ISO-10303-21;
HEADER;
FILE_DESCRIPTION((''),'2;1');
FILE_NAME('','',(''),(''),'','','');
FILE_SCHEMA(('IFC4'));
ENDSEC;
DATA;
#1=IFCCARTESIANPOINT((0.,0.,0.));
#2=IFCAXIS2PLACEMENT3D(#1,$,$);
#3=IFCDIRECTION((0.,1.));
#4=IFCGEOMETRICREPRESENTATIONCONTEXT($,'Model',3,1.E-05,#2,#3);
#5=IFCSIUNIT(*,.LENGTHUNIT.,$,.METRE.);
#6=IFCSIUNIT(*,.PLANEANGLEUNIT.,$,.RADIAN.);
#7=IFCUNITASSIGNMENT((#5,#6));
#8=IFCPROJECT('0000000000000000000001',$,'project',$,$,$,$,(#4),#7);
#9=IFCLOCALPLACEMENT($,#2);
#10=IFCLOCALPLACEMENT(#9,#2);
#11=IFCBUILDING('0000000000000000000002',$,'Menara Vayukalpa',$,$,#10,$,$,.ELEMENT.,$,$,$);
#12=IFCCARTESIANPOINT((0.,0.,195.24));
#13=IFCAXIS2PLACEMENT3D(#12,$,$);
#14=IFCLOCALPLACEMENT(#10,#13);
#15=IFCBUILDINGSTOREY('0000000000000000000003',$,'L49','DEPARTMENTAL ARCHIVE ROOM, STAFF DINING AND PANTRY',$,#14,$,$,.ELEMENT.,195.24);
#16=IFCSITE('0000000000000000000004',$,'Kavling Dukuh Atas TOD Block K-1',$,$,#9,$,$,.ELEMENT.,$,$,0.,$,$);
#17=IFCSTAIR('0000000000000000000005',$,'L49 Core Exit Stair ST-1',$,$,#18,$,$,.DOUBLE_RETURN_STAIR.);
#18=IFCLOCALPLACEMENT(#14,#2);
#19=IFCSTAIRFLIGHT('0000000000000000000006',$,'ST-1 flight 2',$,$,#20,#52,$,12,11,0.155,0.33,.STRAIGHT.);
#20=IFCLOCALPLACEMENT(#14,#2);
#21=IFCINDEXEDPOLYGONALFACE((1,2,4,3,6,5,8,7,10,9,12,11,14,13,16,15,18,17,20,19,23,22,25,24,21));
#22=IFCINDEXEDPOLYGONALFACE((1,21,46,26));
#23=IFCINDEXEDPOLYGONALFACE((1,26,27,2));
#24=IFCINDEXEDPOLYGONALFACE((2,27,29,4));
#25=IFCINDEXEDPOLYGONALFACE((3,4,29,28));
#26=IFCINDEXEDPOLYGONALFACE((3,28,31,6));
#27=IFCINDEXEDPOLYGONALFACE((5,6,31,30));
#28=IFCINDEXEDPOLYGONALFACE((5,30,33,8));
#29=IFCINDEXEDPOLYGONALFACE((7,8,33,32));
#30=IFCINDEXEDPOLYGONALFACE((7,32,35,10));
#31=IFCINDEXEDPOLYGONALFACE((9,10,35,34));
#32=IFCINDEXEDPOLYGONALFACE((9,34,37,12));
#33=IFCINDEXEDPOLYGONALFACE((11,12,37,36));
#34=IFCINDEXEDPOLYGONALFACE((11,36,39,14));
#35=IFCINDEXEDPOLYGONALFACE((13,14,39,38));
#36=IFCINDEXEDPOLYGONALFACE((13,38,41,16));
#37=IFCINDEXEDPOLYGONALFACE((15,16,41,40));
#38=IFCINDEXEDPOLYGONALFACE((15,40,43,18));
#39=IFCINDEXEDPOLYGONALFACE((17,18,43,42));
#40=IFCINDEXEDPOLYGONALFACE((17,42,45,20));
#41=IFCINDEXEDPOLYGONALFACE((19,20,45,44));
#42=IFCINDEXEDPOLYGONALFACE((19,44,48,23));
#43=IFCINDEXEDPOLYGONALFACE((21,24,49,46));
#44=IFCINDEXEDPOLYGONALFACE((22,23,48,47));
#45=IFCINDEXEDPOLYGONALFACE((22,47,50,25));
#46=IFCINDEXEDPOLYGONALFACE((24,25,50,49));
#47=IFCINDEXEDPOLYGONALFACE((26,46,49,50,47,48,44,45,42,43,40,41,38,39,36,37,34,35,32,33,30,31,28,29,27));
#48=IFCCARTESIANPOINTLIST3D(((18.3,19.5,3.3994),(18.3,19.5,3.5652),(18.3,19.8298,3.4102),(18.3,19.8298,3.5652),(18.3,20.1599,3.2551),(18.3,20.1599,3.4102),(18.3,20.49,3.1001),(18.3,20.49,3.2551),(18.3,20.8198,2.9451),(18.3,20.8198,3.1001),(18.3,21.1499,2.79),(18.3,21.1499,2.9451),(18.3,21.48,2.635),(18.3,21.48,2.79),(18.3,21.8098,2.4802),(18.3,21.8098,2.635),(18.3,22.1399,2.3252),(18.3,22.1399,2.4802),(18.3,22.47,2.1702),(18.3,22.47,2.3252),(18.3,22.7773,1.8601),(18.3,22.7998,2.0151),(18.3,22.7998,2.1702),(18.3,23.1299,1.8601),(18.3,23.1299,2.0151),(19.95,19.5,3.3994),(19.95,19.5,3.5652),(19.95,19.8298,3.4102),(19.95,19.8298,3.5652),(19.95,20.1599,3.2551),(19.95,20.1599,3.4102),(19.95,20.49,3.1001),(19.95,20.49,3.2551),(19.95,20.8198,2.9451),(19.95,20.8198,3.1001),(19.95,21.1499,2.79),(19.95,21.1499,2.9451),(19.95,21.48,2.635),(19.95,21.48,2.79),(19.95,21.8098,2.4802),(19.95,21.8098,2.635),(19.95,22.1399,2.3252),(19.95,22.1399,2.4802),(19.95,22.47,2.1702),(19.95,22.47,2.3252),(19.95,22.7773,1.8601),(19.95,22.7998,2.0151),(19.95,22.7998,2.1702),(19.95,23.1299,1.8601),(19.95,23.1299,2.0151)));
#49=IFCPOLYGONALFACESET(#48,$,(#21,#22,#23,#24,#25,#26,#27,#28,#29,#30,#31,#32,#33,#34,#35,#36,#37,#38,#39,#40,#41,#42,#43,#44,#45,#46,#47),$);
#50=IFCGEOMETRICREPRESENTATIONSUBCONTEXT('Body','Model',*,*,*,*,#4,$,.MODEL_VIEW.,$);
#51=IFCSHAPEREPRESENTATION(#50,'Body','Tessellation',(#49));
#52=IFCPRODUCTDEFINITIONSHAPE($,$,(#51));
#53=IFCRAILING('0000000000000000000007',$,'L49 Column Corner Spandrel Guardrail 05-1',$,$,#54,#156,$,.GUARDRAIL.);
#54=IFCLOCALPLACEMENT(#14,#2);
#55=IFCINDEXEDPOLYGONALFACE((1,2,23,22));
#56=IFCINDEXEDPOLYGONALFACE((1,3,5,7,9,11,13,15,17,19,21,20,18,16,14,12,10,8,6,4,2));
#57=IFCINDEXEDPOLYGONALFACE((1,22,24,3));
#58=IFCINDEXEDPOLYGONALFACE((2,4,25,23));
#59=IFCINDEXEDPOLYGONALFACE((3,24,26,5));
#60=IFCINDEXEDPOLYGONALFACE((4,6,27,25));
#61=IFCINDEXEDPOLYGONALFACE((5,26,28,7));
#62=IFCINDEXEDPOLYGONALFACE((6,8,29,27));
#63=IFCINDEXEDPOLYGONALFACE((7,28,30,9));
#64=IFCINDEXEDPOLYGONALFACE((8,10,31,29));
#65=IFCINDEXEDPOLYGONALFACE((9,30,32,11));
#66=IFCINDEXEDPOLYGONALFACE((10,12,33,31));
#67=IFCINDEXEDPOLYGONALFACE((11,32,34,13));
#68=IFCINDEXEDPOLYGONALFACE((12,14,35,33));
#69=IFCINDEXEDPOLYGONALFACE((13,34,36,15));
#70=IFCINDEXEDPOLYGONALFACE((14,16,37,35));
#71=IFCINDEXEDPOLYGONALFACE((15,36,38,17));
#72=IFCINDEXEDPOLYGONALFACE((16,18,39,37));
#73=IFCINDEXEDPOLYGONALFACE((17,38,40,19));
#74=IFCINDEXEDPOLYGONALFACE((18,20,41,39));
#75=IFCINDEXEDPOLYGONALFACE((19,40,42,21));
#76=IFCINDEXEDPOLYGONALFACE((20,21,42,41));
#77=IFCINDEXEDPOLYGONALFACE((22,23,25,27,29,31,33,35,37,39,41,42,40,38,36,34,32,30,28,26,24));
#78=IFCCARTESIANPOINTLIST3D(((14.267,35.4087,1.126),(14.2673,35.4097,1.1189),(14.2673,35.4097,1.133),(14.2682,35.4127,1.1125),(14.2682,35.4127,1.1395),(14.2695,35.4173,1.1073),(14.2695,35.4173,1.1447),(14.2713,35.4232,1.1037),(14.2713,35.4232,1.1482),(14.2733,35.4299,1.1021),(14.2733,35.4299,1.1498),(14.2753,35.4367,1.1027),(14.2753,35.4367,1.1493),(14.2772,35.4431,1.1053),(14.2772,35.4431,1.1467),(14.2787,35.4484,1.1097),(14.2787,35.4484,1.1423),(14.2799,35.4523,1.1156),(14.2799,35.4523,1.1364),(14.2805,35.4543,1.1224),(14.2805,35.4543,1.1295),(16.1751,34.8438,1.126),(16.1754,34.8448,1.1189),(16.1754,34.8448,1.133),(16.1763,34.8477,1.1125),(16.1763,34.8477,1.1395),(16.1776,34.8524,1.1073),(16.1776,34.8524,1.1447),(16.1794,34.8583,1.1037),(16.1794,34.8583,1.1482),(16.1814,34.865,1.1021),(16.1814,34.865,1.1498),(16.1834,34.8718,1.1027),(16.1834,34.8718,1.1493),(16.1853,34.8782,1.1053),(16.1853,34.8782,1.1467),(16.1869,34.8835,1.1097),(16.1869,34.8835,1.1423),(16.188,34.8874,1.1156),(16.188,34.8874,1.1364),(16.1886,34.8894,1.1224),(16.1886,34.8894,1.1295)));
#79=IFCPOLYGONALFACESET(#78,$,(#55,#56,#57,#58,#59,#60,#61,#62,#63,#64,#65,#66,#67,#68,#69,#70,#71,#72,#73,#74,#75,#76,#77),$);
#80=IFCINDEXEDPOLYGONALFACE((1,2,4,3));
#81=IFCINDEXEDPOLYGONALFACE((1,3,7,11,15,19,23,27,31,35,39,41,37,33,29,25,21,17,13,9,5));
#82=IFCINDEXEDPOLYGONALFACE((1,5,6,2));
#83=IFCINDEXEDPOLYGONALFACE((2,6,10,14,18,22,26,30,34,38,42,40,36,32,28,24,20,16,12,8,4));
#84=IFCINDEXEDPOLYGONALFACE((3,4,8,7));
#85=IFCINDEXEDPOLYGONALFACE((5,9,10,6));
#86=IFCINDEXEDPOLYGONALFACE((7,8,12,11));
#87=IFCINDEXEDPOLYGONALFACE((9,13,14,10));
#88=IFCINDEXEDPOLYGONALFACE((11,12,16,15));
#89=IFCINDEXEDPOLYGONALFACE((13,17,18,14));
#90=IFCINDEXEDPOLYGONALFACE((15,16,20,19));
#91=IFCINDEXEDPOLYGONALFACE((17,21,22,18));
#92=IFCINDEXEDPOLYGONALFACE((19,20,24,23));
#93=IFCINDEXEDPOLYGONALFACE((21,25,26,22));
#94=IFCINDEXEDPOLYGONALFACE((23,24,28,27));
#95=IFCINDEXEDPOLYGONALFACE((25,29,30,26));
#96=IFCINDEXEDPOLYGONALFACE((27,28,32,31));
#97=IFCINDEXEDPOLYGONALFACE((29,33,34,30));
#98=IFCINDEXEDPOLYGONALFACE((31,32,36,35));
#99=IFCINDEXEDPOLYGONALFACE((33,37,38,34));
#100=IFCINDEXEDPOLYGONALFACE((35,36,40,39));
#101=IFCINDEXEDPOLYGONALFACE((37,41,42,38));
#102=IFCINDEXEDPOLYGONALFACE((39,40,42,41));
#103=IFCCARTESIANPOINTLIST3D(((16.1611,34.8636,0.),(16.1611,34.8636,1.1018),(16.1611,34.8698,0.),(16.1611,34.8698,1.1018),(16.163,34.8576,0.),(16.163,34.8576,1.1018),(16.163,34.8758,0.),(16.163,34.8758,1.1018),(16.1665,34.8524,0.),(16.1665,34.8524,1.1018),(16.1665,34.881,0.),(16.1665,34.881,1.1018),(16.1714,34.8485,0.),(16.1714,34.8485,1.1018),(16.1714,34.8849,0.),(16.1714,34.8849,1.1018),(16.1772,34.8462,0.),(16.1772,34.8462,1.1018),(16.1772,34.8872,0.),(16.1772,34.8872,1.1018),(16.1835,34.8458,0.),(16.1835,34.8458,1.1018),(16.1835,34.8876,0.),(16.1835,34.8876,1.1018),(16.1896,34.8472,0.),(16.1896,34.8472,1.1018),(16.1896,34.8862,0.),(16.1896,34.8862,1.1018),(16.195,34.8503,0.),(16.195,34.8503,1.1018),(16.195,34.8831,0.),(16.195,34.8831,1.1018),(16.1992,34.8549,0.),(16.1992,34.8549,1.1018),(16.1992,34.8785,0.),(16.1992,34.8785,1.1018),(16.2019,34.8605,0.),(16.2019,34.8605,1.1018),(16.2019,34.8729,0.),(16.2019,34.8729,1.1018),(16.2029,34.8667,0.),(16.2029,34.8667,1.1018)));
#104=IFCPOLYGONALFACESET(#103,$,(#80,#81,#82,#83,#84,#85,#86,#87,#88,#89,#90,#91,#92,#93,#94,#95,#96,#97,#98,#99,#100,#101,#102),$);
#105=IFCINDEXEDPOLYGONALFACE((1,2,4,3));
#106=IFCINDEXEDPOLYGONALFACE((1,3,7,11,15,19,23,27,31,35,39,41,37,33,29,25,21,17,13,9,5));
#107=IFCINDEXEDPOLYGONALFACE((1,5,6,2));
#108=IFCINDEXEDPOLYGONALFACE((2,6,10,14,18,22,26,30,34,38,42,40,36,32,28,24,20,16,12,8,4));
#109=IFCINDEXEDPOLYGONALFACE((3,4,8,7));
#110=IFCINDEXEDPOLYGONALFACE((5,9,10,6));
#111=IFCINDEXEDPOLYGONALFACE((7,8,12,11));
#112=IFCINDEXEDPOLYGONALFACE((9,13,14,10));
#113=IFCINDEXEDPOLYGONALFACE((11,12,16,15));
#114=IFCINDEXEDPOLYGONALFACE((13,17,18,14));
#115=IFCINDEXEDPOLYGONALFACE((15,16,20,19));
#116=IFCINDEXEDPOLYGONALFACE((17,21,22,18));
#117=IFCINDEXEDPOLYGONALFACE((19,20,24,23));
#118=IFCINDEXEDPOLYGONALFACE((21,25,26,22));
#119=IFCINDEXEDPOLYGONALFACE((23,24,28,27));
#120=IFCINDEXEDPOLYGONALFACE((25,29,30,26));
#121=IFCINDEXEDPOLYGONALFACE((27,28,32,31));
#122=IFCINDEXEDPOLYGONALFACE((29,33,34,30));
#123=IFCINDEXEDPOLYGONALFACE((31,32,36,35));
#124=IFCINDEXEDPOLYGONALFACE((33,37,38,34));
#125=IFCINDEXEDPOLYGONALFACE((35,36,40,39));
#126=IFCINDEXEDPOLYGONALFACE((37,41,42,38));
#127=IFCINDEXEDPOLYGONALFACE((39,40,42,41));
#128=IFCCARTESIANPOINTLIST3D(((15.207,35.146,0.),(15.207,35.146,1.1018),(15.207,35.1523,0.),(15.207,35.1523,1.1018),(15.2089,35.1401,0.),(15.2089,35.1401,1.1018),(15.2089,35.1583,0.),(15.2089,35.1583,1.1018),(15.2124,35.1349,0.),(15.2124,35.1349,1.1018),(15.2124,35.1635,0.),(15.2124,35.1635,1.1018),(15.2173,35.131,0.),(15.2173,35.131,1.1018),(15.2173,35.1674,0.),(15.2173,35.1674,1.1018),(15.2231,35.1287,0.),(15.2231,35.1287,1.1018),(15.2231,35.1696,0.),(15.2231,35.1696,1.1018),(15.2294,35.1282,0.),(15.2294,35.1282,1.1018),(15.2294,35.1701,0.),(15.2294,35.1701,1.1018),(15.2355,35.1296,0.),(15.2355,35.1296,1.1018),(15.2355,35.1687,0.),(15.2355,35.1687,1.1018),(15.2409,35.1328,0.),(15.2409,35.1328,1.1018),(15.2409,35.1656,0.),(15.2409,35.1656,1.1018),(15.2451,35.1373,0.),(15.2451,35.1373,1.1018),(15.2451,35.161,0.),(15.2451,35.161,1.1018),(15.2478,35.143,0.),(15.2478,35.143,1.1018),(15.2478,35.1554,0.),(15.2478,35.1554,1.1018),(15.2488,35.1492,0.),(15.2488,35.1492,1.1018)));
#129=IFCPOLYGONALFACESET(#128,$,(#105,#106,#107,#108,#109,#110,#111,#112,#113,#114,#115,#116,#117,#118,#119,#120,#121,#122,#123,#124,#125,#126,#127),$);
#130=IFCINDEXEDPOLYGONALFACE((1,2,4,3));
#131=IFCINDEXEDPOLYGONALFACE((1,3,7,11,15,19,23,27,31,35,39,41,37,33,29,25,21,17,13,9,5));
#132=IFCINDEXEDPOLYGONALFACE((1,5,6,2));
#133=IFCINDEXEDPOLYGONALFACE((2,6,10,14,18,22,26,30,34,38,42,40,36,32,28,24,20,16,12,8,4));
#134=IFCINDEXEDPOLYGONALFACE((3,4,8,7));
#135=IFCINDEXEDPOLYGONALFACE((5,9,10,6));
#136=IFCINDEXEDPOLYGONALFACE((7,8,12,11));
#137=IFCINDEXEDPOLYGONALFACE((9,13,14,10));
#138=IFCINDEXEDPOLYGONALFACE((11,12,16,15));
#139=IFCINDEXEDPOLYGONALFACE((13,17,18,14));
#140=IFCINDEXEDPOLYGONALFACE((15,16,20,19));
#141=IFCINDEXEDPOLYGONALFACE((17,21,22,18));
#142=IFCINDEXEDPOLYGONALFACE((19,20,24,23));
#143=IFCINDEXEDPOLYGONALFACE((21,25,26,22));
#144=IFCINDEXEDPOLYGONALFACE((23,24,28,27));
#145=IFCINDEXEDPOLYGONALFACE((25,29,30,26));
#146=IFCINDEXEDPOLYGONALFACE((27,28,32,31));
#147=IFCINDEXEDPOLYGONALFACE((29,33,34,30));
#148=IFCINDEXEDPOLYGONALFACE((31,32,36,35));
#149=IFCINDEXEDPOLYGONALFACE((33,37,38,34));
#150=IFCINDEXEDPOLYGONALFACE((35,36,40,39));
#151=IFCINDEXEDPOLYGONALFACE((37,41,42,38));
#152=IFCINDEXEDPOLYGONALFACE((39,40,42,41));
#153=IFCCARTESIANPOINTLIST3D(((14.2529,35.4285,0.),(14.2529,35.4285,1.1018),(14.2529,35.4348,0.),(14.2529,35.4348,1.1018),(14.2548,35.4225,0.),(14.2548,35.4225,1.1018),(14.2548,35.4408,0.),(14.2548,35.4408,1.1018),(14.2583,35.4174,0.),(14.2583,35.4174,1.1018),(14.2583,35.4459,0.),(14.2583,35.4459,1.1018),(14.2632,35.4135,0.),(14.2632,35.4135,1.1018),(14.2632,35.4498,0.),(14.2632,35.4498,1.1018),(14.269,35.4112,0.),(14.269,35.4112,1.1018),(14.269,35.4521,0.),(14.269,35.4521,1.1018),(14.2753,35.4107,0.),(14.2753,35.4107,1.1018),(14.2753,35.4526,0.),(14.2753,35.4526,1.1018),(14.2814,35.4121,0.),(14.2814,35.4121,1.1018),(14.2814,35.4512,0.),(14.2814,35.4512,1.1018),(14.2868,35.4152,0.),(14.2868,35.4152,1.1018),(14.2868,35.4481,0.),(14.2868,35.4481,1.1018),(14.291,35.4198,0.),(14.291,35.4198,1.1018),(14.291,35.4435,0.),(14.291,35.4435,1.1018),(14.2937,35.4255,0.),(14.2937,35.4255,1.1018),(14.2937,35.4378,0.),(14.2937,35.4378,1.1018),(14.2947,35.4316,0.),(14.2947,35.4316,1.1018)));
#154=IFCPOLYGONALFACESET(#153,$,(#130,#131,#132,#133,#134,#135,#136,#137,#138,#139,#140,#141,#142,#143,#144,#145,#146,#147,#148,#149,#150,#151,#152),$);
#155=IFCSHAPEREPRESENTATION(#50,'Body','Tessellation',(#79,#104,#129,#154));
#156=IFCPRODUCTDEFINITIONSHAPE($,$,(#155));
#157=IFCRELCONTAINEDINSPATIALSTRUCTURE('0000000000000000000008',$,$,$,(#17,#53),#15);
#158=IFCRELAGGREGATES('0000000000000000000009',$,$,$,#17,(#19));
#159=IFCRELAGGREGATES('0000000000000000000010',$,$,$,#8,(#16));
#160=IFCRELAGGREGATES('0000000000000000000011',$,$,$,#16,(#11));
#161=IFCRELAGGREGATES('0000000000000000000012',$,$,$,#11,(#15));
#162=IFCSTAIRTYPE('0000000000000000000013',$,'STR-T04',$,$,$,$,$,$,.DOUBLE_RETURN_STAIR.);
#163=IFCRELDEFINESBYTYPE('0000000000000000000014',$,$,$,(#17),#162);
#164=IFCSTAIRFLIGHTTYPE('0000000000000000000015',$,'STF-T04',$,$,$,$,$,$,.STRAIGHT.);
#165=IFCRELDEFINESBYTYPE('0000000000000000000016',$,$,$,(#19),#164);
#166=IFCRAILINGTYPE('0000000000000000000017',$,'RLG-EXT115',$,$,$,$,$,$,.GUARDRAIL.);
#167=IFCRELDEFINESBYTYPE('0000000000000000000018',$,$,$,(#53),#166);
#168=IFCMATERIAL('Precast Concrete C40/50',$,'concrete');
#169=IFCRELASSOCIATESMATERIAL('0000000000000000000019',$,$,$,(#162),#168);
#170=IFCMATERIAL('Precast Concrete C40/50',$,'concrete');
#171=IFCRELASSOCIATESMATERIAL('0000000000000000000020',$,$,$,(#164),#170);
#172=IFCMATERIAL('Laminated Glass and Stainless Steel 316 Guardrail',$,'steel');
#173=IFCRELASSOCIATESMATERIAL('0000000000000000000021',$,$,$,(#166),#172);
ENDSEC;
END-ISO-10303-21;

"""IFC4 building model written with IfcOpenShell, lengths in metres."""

from ifc_helpers import new_model, si_unit, direction, frame, origin, origin_2d, place, context, subcontext, project, spatial, polyline, circle, outline, extrude, material, type_object, element, aggregate, save


model = new_model("IFC4")

# Units and contexts
model_context = context("Model", 3, precision=1e-05, world=origin(), true_north=direction((0.0, 1.0)))
body_context = subcontext(model_context, "Body", "Model", "MODEL_VIEW")
ifc_project = project(units=[si_unit("LENGTHUNIT", "METRE"), si_unit("PLANEANGLEUNIT", "RADIAN")], contexts=[model_context])

# Site, building, storey
site_placement = place(None, origin())
site = spatial("IfcSite", under=ifc_project, at=site_placement, Name="Kavling Dukuh Atas TOD Block K-1", CompositionType="ELEMENT", RefElevation=0.0)
building_placement = place(site_placement, origin())
building = spatial("IfcBuilding", under=site, at=building_placement, Name="Menara Vayukalpa", CompositionType="ELEMENT")
storey_placement = place(building_placement, frame((0.0, 0.0, 195.24)))
storey = spatial("IfcBuildingStorey", under=building, at=storey_placement, Name="L49", Description="DEPARTMENTAL ARCHIVE ROOM, STAFF DINING AND PANTRY", CompositionType="ELEMENT", Elevation=195.24)

# Stair, stair flight
ifc_material_1 = material(Name="Precast Concrete C40/50", Category="concrete")
stair_type = type_object("IfcStairType", Name="STR-T04", PredefinedType="DOUBLE_RETURN_STAIR", material=ifc_material_1)
stair_placement = place(storey_placement, origin())
stair = element("IfcStair", 1, at=stair_placement, inside=storey, type_object=stair_type, Name="L49 Core Exit Stair ST-1", PredefinedType="DOUBLE_RETURN_STAIR")
ifc_material_2 = material(Name="Precast Concrete C40/50", Category="concrete")
stair_flight_type = type_object("IfcStairFlightType", Name="STF-T04", PredefinedType="STRAIGHT", material=ifc_material_2)
stair_flight_placement = place(storey_placement, frame((19.125, 23.1299, 1.8601), z_axis=(0.0, 0.0, 1.0), x_axis=(0.0, -1.0, 0.0)))
stair_flight = element("IfcStairFlight", 2, at=stair_flight_placement, type_object=stair_flight_type, Name="ST-1 flight 2", NumberOfRisers=12, NumberOfTreads=11, PredefinedType="STRAIGHT", RiserHeight=0.155, TreadLength=0.33, context=body_context, shape_type="SweptSolid", body=[
    extrude(outline(polyline([(0.0, 0.0), (0.0, 0.155), (0.3301, 0.155), (0.3301, 0.3101), (0.6599, 0.3101), (0.6599, 0.4651), (0.99, 0.4651), (0.99, 0.6201), (1.3201, 0.6201), (1.3201, 0.7749), (1.6499, 0.7749), (1.6499, 0.9299), (1.98, 0.9299), (1.98, 1.085), (2.3101, 1.085), (2.3101, 1.24), (2.6399, 1.24), (2.6399, 1.395), (2.97, 1.395), (2.97, 1.55), (3.3, 1.55), (3.3, 1.7051), (3.6299, 1.7051), (3.6299, 1.8601), (3.6299, 1.5393), (0.3525, 0.0), (0.0, 0.0)])), frame((0.0, 0.825, 0.0), z_axis=(0.0, -1.0, 0.0), x_axis=(1.0, 0.0, 0.0)), (0.0, 0.0, 1.0), 1.6499),
])
aggregate(stair, [stair_flight])

# Railing
ifc_material_3 = material(Name="Laminated Glass and Stainless Steel 316 Guardrail", Category="steel")
railing_type_1 = type_object("IfcRailingType", Name="RLG-EXT115", PredefinedType="GUARDRAIL", material=ifc_material_3)
railing_1_placement = place(storey_placement, frame((16.1819, 34.8667, 0.0)))
element("IfcRailing", 3, at=railing_1_placement, inside=storey, type_object=railing_type_1, Name="L49 Column Corner Spandrel Guardrail 05-1", PredefinedType="GUARDRAIL", context=body_context, shape_type="SweptSolid", body=[
    extrude(circle(Radius=0.0239, at=origin_2d()), frame((0.0, 0.0, 1.126), z_axis=(-0.95886, 0.283879, 0.0), x_axis=(-0.283879, -0.95886, 0.0)), (0.0, 0.0, 1.0), 1.99),
    extrude(circle(Radius=0.021, at=origin_2d()), origin(), (0.0, 0.0, 1.0), 1.1018),
    extrude(circle(Radius=0.021, at=origin_2d()), frame((-0.9541, 0.2825, 0.0)), (0.0, 0.0, 1.0), 1.1018),
    extrude(circle(Radius=0.021, at=origin_2d()), frame((-1.9082, 0.5649, 0.0)), (0.0, 0.0, 1.0), 1.1018),
])

save(model, "model.ifc")
